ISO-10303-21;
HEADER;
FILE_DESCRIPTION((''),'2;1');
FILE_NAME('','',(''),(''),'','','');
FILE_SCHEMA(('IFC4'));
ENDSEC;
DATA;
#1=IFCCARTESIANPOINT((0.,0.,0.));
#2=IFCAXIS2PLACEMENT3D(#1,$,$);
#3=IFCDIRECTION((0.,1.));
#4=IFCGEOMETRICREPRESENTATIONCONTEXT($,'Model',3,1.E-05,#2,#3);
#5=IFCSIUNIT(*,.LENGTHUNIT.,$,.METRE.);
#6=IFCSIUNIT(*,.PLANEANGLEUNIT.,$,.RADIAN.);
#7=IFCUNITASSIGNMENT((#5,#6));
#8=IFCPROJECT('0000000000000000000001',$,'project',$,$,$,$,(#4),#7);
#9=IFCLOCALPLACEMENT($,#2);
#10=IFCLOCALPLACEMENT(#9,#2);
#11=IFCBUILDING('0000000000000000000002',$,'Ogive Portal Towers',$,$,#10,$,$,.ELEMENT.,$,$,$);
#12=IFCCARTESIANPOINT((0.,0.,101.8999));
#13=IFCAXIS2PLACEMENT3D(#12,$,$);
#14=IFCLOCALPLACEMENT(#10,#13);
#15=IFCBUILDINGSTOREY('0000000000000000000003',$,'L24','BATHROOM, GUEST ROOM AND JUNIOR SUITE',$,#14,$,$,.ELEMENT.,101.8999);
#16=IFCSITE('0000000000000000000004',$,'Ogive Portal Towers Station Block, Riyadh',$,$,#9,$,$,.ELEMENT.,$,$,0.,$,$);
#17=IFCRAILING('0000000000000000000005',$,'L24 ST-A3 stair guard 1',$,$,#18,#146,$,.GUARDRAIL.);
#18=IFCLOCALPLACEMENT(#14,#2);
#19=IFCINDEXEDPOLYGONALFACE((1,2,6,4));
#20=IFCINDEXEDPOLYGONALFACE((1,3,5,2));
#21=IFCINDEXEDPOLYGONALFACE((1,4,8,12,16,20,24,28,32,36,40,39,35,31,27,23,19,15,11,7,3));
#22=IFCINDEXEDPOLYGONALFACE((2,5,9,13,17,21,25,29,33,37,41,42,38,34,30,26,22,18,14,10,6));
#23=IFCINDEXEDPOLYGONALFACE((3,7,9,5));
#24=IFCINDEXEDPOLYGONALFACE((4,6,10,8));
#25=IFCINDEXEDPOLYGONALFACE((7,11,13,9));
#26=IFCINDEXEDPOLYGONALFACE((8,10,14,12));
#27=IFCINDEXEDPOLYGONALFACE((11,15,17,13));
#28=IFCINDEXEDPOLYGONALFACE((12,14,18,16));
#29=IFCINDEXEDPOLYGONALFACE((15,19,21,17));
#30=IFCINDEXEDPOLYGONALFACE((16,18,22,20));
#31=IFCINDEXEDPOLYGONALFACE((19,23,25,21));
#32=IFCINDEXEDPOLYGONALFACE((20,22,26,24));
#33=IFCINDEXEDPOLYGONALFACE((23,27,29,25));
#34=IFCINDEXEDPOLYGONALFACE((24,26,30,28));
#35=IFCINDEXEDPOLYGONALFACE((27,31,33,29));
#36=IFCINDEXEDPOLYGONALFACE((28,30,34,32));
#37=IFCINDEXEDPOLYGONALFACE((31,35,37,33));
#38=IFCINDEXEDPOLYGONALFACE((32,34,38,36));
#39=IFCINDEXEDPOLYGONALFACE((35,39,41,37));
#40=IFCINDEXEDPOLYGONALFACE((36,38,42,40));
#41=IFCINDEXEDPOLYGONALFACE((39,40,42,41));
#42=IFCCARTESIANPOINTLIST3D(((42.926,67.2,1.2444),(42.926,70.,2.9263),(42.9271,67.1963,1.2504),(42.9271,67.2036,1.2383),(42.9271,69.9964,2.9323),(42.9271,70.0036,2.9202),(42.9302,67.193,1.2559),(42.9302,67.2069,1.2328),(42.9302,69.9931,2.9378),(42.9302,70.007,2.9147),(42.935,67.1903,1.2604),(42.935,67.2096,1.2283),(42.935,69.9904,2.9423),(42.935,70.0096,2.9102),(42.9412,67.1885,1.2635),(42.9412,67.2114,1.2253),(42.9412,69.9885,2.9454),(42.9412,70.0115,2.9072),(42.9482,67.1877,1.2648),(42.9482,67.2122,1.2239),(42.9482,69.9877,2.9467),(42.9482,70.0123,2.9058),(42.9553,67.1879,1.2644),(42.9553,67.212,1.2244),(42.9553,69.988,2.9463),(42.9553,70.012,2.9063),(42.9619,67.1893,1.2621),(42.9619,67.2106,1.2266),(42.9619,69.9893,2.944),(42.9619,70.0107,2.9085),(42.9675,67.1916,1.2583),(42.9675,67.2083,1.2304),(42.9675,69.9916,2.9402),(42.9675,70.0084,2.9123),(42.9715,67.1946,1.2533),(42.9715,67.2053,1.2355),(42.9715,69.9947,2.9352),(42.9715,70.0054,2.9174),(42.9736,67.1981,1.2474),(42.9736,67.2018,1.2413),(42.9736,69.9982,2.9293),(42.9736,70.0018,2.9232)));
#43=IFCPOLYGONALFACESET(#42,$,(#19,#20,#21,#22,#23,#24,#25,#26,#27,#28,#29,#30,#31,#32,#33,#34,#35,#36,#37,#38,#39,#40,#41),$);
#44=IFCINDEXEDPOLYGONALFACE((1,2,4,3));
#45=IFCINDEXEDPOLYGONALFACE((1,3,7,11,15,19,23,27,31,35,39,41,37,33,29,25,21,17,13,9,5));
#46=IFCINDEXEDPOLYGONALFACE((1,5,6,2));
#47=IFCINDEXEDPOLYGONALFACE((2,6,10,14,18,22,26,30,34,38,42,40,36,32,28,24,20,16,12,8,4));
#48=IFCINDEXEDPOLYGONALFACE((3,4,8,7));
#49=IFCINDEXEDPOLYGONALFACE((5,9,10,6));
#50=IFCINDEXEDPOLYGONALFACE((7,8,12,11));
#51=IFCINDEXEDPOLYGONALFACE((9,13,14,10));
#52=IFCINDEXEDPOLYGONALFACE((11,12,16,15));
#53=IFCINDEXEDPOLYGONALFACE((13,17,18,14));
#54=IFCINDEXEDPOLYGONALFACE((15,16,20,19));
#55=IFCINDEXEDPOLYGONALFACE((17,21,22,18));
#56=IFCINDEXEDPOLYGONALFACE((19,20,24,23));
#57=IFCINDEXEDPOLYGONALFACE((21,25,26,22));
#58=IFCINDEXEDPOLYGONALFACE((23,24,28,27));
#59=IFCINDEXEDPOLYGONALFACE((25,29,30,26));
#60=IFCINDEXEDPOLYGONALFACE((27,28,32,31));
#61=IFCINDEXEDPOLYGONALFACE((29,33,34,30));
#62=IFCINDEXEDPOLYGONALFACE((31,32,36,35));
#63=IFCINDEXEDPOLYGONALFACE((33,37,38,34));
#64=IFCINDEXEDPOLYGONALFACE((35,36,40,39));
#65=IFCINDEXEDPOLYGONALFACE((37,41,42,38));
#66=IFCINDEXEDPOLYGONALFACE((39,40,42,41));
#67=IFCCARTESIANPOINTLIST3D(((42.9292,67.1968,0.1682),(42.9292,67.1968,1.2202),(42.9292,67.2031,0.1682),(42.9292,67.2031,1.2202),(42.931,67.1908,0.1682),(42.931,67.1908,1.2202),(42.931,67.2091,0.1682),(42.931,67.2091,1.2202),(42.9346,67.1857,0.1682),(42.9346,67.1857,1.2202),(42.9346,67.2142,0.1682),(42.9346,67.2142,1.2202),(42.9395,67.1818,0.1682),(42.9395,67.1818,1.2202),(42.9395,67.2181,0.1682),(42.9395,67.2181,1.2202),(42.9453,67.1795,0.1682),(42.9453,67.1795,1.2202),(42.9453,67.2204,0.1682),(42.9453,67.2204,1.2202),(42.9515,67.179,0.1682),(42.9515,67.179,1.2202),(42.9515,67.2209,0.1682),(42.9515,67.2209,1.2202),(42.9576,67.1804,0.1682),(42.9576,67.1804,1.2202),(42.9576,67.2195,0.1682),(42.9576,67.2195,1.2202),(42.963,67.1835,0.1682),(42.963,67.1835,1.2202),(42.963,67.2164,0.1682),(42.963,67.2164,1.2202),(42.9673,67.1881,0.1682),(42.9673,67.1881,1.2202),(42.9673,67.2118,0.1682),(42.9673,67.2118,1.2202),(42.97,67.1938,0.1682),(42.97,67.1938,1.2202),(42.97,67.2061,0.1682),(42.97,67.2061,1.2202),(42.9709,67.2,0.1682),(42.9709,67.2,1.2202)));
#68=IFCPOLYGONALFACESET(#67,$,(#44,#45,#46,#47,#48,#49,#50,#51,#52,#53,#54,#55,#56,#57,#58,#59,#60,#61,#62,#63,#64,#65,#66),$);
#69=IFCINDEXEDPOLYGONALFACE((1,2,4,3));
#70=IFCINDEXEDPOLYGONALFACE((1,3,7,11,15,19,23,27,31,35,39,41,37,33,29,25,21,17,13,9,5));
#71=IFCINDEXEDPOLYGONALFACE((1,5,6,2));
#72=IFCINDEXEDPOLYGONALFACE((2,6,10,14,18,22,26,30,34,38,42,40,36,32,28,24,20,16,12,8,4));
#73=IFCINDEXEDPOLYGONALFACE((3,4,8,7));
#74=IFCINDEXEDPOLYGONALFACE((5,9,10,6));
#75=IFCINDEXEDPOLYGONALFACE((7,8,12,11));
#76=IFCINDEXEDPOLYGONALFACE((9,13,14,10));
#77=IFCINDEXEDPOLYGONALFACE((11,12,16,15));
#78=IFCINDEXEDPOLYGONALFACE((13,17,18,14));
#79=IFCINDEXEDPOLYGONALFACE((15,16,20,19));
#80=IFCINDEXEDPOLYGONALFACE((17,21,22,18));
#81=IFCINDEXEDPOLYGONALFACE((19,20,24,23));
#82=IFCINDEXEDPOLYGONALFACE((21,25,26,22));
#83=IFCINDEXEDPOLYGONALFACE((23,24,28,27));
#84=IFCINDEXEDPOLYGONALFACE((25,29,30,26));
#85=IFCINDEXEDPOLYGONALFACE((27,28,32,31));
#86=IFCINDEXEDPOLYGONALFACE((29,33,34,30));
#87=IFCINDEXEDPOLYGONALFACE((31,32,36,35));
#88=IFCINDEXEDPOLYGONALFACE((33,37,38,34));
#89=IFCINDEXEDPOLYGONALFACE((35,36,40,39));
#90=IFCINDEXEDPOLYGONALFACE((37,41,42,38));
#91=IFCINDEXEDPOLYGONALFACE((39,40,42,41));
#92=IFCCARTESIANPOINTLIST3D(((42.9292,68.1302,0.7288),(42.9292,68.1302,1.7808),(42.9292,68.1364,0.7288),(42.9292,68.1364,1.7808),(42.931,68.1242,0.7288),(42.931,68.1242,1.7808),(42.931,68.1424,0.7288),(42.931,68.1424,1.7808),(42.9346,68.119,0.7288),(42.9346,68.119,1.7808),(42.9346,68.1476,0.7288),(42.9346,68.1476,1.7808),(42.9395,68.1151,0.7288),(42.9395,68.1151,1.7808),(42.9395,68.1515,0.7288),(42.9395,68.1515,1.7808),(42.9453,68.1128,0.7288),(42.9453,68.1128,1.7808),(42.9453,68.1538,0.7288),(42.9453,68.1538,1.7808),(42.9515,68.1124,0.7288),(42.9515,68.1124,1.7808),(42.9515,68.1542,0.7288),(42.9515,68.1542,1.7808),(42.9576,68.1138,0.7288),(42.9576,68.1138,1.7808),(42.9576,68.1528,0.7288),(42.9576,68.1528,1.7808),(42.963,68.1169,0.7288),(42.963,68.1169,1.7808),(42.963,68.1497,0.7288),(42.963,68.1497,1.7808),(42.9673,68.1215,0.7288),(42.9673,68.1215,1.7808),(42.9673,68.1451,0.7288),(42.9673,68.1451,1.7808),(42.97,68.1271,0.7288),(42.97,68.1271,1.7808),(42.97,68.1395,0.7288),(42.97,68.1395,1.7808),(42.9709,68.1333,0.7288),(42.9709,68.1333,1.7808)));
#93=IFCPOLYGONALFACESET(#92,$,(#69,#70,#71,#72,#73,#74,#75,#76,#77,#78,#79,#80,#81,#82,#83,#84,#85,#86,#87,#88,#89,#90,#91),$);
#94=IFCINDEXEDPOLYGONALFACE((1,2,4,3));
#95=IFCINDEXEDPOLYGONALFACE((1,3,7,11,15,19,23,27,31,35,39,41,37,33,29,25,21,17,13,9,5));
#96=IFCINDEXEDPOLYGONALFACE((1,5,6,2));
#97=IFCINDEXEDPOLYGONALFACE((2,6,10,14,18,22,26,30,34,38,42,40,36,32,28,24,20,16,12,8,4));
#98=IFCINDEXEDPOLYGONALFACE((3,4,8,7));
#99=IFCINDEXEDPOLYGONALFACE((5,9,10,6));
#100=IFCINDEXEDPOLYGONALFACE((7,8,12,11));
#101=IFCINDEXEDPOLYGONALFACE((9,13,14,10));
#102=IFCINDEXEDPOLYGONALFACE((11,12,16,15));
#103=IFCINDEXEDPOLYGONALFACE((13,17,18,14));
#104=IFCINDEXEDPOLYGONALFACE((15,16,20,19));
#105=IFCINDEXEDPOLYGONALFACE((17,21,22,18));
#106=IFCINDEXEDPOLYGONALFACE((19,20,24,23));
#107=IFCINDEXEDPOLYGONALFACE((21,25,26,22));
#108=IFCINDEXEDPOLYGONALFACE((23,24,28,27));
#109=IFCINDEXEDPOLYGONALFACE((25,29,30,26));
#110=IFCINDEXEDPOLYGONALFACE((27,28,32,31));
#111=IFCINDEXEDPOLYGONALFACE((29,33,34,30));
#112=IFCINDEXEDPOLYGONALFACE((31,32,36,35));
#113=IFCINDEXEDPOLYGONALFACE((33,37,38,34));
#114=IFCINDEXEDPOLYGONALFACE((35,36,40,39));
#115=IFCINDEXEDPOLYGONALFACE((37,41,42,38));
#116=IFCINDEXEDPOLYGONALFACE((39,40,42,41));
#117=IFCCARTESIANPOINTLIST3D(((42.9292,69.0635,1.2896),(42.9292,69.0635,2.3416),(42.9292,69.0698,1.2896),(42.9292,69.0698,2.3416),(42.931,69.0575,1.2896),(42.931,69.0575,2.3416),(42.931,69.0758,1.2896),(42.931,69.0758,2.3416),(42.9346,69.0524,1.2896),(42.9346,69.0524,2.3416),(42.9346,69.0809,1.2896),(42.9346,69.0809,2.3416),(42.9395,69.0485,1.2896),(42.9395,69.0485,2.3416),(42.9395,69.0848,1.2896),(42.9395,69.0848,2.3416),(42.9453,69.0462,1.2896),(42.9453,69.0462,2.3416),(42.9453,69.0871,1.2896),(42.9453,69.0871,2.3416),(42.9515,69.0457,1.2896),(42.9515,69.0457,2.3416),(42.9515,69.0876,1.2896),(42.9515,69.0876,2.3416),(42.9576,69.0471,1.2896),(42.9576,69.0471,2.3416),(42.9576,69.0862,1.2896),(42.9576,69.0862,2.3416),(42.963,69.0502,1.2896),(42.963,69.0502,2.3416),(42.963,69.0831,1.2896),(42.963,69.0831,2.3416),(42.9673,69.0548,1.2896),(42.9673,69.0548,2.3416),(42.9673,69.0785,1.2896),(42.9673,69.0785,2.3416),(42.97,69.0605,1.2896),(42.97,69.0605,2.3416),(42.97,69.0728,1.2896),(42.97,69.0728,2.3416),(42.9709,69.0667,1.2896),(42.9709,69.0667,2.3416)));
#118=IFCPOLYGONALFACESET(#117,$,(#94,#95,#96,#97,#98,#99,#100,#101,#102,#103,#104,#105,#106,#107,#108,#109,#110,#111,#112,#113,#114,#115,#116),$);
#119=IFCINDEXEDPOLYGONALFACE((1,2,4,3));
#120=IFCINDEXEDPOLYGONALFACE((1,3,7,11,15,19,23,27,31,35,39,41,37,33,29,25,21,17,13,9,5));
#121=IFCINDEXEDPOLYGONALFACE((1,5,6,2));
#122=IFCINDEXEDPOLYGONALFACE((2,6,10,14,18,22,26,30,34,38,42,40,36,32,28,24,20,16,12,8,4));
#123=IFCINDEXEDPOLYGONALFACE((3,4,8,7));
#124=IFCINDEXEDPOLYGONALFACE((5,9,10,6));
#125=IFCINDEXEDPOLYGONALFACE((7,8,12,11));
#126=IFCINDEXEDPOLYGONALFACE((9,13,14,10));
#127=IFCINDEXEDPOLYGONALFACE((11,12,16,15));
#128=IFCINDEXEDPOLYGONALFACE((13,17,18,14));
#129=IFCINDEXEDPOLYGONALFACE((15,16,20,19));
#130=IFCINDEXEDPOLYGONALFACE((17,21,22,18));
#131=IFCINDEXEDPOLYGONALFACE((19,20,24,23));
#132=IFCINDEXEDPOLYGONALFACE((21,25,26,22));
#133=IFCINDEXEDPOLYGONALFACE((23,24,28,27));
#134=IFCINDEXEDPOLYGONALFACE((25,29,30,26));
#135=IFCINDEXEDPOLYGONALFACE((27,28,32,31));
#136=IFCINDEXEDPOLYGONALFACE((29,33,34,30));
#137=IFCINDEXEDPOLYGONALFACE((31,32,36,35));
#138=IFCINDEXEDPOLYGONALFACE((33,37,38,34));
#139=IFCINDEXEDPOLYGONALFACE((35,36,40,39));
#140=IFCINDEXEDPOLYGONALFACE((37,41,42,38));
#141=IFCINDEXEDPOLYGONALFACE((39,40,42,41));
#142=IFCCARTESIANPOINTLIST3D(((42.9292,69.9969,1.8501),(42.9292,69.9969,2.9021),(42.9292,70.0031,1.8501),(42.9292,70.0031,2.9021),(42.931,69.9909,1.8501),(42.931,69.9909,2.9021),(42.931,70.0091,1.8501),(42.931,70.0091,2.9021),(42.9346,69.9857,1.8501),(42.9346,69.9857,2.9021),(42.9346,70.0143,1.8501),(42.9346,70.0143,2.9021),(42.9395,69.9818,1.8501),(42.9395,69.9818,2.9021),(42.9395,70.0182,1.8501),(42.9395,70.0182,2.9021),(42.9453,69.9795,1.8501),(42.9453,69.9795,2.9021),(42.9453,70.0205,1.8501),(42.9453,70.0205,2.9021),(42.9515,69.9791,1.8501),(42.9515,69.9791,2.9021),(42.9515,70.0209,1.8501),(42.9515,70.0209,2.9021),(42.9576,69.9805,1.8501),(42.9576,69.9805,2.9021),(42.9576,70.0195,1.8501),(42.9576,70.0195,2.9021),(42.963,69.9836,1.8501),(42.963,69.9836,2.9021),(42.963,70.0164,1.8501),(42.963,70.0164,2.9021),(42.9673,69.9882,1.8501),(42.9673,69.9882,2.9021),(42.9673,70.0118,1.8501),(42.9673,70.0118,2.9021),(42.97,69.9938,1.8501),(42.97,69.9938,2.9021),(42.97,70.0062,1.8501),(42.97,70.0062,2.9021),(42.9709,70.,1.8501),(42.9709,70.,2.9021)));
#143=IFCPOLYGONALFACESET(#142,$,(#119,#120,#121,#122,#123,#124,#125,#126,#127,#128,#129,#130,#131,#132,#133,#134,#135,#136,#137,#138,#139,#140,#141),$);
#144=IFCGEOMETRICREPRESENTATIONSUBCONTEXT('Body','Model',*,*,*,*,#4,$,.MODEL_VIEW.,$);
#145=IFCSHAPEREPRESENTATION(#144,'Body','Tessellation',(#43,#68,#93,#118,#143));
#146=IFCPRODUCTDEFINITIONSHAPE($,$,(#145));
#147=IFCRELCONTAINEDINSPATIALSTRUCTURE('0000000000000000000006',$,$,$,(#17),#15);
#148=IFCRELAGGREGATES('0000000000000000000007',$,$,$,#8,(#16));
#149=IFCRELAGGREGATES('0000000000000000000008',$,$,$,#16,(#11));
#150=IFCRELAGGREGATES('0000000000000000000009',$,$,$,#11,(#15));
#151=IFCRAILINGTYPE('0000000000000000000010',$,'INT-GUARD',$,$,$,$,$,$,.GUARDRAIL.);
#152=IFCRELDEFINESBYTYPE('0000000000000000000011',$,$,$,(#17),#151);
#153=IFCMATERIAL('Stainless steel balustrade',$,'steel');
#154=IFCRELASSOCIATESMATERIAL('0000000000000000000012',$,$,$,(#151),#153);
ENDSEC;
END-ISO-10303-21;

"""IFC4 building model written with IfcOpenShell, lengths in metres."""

from ifc_helpers import new_model, si_unit, direction, frame, origin, origin_2d, place, context, subcontext, project, spatial, circle, extrude, material, type_object, element, save


model = new_model("IFC4")

# Units and contexts
model_context = context("Model", 3, precision=1e-05, world=origin(), true_north=direction((0.0, 1.0)))
body_context = subcontext(model_context, "Body", "Model", "MODEL_VIEW")
ifc_project = project(units=[si_unit("LENGTHUNIT", "METRE"), si_unit("PLANEANGLEUNIT", "RADIAN")], contexts=[model_context])

# Site, building, storey
site_placement = place(None, origin())
site = spatial("IfcSite", under=ifc_project, at=site_placement, Name="Ogive Portal Towers Station Block, Riyadh", CompositionType="ELEMENT", RefElevation=0.0)
building_placement = place(site_placement, origin())
building = spatial("IfcBuilding", under=site, at=building_placement, Name="Ogive Portal Towers", CompositionType="ELEMENT")
storey_placement = place(building_placement, frame((0.0, 0.0, 101.8999)))
storey = spatial("IfcBuildingStorey", under=building, at=storey_placement, Name="L24", Description="BATHROOM, GUEST ROOM AND JUNIOR SUITE", CompositionType="ELEMENT", Elevation=101.8999)

# Railing
ifc_material_1 = material(Name="Stainless steel balustrade", Category="steel")
railing_type_1 = type_object("IfcRailingType", Name="INT-GUARD", PredefinedType="GUARDRAIL", material=ifc_material_1)
railing_1_placement = place(storey_placement, frame((42.95, 67.2, 0.1682)))
element("IfcRailing", 1, at=railing_1_placement, inside=storey, type_object=railing_type_1, Name="L24 ST-A3 stair guard 1", PredefinedType="GUARDRAIL", context=body_context, shape_type="SweptSolid", body=[
    extrude(circle(Radius=0.0239, at=origin_2d()), frame((0.0, 0.0, 1.0762), z_axis=(0.0, 0.857242, 0.514913), x_axis=(-1.0, 0.0, 0.0)), (0.0, 0.0, 1.0), 3.2664),
    extrude(circle(Radius=0.021, at=origin_2d()), origin(), (0.0, 0.0, 1.0), 1.052),
    extrude(circle(Radius=0.021, at=origin_2d()), frame((0.0, 0.9333, 0.5605)), (0.0, 0.0, 1.0), 1.052),
    extrude(circle(Radius=0.021, at=origin_2d()), frame((0.0, 1.8667, 1.1213)), (0.0, 0.0, 1.0), 1.052),
    extrude(circle(Radius=0.021, at=origin_2d()), frame((0.0, 2.8, 1.6819)), (0.0, 0.0, 1.0), 1.052),
])

save(model, "model.ifc")
